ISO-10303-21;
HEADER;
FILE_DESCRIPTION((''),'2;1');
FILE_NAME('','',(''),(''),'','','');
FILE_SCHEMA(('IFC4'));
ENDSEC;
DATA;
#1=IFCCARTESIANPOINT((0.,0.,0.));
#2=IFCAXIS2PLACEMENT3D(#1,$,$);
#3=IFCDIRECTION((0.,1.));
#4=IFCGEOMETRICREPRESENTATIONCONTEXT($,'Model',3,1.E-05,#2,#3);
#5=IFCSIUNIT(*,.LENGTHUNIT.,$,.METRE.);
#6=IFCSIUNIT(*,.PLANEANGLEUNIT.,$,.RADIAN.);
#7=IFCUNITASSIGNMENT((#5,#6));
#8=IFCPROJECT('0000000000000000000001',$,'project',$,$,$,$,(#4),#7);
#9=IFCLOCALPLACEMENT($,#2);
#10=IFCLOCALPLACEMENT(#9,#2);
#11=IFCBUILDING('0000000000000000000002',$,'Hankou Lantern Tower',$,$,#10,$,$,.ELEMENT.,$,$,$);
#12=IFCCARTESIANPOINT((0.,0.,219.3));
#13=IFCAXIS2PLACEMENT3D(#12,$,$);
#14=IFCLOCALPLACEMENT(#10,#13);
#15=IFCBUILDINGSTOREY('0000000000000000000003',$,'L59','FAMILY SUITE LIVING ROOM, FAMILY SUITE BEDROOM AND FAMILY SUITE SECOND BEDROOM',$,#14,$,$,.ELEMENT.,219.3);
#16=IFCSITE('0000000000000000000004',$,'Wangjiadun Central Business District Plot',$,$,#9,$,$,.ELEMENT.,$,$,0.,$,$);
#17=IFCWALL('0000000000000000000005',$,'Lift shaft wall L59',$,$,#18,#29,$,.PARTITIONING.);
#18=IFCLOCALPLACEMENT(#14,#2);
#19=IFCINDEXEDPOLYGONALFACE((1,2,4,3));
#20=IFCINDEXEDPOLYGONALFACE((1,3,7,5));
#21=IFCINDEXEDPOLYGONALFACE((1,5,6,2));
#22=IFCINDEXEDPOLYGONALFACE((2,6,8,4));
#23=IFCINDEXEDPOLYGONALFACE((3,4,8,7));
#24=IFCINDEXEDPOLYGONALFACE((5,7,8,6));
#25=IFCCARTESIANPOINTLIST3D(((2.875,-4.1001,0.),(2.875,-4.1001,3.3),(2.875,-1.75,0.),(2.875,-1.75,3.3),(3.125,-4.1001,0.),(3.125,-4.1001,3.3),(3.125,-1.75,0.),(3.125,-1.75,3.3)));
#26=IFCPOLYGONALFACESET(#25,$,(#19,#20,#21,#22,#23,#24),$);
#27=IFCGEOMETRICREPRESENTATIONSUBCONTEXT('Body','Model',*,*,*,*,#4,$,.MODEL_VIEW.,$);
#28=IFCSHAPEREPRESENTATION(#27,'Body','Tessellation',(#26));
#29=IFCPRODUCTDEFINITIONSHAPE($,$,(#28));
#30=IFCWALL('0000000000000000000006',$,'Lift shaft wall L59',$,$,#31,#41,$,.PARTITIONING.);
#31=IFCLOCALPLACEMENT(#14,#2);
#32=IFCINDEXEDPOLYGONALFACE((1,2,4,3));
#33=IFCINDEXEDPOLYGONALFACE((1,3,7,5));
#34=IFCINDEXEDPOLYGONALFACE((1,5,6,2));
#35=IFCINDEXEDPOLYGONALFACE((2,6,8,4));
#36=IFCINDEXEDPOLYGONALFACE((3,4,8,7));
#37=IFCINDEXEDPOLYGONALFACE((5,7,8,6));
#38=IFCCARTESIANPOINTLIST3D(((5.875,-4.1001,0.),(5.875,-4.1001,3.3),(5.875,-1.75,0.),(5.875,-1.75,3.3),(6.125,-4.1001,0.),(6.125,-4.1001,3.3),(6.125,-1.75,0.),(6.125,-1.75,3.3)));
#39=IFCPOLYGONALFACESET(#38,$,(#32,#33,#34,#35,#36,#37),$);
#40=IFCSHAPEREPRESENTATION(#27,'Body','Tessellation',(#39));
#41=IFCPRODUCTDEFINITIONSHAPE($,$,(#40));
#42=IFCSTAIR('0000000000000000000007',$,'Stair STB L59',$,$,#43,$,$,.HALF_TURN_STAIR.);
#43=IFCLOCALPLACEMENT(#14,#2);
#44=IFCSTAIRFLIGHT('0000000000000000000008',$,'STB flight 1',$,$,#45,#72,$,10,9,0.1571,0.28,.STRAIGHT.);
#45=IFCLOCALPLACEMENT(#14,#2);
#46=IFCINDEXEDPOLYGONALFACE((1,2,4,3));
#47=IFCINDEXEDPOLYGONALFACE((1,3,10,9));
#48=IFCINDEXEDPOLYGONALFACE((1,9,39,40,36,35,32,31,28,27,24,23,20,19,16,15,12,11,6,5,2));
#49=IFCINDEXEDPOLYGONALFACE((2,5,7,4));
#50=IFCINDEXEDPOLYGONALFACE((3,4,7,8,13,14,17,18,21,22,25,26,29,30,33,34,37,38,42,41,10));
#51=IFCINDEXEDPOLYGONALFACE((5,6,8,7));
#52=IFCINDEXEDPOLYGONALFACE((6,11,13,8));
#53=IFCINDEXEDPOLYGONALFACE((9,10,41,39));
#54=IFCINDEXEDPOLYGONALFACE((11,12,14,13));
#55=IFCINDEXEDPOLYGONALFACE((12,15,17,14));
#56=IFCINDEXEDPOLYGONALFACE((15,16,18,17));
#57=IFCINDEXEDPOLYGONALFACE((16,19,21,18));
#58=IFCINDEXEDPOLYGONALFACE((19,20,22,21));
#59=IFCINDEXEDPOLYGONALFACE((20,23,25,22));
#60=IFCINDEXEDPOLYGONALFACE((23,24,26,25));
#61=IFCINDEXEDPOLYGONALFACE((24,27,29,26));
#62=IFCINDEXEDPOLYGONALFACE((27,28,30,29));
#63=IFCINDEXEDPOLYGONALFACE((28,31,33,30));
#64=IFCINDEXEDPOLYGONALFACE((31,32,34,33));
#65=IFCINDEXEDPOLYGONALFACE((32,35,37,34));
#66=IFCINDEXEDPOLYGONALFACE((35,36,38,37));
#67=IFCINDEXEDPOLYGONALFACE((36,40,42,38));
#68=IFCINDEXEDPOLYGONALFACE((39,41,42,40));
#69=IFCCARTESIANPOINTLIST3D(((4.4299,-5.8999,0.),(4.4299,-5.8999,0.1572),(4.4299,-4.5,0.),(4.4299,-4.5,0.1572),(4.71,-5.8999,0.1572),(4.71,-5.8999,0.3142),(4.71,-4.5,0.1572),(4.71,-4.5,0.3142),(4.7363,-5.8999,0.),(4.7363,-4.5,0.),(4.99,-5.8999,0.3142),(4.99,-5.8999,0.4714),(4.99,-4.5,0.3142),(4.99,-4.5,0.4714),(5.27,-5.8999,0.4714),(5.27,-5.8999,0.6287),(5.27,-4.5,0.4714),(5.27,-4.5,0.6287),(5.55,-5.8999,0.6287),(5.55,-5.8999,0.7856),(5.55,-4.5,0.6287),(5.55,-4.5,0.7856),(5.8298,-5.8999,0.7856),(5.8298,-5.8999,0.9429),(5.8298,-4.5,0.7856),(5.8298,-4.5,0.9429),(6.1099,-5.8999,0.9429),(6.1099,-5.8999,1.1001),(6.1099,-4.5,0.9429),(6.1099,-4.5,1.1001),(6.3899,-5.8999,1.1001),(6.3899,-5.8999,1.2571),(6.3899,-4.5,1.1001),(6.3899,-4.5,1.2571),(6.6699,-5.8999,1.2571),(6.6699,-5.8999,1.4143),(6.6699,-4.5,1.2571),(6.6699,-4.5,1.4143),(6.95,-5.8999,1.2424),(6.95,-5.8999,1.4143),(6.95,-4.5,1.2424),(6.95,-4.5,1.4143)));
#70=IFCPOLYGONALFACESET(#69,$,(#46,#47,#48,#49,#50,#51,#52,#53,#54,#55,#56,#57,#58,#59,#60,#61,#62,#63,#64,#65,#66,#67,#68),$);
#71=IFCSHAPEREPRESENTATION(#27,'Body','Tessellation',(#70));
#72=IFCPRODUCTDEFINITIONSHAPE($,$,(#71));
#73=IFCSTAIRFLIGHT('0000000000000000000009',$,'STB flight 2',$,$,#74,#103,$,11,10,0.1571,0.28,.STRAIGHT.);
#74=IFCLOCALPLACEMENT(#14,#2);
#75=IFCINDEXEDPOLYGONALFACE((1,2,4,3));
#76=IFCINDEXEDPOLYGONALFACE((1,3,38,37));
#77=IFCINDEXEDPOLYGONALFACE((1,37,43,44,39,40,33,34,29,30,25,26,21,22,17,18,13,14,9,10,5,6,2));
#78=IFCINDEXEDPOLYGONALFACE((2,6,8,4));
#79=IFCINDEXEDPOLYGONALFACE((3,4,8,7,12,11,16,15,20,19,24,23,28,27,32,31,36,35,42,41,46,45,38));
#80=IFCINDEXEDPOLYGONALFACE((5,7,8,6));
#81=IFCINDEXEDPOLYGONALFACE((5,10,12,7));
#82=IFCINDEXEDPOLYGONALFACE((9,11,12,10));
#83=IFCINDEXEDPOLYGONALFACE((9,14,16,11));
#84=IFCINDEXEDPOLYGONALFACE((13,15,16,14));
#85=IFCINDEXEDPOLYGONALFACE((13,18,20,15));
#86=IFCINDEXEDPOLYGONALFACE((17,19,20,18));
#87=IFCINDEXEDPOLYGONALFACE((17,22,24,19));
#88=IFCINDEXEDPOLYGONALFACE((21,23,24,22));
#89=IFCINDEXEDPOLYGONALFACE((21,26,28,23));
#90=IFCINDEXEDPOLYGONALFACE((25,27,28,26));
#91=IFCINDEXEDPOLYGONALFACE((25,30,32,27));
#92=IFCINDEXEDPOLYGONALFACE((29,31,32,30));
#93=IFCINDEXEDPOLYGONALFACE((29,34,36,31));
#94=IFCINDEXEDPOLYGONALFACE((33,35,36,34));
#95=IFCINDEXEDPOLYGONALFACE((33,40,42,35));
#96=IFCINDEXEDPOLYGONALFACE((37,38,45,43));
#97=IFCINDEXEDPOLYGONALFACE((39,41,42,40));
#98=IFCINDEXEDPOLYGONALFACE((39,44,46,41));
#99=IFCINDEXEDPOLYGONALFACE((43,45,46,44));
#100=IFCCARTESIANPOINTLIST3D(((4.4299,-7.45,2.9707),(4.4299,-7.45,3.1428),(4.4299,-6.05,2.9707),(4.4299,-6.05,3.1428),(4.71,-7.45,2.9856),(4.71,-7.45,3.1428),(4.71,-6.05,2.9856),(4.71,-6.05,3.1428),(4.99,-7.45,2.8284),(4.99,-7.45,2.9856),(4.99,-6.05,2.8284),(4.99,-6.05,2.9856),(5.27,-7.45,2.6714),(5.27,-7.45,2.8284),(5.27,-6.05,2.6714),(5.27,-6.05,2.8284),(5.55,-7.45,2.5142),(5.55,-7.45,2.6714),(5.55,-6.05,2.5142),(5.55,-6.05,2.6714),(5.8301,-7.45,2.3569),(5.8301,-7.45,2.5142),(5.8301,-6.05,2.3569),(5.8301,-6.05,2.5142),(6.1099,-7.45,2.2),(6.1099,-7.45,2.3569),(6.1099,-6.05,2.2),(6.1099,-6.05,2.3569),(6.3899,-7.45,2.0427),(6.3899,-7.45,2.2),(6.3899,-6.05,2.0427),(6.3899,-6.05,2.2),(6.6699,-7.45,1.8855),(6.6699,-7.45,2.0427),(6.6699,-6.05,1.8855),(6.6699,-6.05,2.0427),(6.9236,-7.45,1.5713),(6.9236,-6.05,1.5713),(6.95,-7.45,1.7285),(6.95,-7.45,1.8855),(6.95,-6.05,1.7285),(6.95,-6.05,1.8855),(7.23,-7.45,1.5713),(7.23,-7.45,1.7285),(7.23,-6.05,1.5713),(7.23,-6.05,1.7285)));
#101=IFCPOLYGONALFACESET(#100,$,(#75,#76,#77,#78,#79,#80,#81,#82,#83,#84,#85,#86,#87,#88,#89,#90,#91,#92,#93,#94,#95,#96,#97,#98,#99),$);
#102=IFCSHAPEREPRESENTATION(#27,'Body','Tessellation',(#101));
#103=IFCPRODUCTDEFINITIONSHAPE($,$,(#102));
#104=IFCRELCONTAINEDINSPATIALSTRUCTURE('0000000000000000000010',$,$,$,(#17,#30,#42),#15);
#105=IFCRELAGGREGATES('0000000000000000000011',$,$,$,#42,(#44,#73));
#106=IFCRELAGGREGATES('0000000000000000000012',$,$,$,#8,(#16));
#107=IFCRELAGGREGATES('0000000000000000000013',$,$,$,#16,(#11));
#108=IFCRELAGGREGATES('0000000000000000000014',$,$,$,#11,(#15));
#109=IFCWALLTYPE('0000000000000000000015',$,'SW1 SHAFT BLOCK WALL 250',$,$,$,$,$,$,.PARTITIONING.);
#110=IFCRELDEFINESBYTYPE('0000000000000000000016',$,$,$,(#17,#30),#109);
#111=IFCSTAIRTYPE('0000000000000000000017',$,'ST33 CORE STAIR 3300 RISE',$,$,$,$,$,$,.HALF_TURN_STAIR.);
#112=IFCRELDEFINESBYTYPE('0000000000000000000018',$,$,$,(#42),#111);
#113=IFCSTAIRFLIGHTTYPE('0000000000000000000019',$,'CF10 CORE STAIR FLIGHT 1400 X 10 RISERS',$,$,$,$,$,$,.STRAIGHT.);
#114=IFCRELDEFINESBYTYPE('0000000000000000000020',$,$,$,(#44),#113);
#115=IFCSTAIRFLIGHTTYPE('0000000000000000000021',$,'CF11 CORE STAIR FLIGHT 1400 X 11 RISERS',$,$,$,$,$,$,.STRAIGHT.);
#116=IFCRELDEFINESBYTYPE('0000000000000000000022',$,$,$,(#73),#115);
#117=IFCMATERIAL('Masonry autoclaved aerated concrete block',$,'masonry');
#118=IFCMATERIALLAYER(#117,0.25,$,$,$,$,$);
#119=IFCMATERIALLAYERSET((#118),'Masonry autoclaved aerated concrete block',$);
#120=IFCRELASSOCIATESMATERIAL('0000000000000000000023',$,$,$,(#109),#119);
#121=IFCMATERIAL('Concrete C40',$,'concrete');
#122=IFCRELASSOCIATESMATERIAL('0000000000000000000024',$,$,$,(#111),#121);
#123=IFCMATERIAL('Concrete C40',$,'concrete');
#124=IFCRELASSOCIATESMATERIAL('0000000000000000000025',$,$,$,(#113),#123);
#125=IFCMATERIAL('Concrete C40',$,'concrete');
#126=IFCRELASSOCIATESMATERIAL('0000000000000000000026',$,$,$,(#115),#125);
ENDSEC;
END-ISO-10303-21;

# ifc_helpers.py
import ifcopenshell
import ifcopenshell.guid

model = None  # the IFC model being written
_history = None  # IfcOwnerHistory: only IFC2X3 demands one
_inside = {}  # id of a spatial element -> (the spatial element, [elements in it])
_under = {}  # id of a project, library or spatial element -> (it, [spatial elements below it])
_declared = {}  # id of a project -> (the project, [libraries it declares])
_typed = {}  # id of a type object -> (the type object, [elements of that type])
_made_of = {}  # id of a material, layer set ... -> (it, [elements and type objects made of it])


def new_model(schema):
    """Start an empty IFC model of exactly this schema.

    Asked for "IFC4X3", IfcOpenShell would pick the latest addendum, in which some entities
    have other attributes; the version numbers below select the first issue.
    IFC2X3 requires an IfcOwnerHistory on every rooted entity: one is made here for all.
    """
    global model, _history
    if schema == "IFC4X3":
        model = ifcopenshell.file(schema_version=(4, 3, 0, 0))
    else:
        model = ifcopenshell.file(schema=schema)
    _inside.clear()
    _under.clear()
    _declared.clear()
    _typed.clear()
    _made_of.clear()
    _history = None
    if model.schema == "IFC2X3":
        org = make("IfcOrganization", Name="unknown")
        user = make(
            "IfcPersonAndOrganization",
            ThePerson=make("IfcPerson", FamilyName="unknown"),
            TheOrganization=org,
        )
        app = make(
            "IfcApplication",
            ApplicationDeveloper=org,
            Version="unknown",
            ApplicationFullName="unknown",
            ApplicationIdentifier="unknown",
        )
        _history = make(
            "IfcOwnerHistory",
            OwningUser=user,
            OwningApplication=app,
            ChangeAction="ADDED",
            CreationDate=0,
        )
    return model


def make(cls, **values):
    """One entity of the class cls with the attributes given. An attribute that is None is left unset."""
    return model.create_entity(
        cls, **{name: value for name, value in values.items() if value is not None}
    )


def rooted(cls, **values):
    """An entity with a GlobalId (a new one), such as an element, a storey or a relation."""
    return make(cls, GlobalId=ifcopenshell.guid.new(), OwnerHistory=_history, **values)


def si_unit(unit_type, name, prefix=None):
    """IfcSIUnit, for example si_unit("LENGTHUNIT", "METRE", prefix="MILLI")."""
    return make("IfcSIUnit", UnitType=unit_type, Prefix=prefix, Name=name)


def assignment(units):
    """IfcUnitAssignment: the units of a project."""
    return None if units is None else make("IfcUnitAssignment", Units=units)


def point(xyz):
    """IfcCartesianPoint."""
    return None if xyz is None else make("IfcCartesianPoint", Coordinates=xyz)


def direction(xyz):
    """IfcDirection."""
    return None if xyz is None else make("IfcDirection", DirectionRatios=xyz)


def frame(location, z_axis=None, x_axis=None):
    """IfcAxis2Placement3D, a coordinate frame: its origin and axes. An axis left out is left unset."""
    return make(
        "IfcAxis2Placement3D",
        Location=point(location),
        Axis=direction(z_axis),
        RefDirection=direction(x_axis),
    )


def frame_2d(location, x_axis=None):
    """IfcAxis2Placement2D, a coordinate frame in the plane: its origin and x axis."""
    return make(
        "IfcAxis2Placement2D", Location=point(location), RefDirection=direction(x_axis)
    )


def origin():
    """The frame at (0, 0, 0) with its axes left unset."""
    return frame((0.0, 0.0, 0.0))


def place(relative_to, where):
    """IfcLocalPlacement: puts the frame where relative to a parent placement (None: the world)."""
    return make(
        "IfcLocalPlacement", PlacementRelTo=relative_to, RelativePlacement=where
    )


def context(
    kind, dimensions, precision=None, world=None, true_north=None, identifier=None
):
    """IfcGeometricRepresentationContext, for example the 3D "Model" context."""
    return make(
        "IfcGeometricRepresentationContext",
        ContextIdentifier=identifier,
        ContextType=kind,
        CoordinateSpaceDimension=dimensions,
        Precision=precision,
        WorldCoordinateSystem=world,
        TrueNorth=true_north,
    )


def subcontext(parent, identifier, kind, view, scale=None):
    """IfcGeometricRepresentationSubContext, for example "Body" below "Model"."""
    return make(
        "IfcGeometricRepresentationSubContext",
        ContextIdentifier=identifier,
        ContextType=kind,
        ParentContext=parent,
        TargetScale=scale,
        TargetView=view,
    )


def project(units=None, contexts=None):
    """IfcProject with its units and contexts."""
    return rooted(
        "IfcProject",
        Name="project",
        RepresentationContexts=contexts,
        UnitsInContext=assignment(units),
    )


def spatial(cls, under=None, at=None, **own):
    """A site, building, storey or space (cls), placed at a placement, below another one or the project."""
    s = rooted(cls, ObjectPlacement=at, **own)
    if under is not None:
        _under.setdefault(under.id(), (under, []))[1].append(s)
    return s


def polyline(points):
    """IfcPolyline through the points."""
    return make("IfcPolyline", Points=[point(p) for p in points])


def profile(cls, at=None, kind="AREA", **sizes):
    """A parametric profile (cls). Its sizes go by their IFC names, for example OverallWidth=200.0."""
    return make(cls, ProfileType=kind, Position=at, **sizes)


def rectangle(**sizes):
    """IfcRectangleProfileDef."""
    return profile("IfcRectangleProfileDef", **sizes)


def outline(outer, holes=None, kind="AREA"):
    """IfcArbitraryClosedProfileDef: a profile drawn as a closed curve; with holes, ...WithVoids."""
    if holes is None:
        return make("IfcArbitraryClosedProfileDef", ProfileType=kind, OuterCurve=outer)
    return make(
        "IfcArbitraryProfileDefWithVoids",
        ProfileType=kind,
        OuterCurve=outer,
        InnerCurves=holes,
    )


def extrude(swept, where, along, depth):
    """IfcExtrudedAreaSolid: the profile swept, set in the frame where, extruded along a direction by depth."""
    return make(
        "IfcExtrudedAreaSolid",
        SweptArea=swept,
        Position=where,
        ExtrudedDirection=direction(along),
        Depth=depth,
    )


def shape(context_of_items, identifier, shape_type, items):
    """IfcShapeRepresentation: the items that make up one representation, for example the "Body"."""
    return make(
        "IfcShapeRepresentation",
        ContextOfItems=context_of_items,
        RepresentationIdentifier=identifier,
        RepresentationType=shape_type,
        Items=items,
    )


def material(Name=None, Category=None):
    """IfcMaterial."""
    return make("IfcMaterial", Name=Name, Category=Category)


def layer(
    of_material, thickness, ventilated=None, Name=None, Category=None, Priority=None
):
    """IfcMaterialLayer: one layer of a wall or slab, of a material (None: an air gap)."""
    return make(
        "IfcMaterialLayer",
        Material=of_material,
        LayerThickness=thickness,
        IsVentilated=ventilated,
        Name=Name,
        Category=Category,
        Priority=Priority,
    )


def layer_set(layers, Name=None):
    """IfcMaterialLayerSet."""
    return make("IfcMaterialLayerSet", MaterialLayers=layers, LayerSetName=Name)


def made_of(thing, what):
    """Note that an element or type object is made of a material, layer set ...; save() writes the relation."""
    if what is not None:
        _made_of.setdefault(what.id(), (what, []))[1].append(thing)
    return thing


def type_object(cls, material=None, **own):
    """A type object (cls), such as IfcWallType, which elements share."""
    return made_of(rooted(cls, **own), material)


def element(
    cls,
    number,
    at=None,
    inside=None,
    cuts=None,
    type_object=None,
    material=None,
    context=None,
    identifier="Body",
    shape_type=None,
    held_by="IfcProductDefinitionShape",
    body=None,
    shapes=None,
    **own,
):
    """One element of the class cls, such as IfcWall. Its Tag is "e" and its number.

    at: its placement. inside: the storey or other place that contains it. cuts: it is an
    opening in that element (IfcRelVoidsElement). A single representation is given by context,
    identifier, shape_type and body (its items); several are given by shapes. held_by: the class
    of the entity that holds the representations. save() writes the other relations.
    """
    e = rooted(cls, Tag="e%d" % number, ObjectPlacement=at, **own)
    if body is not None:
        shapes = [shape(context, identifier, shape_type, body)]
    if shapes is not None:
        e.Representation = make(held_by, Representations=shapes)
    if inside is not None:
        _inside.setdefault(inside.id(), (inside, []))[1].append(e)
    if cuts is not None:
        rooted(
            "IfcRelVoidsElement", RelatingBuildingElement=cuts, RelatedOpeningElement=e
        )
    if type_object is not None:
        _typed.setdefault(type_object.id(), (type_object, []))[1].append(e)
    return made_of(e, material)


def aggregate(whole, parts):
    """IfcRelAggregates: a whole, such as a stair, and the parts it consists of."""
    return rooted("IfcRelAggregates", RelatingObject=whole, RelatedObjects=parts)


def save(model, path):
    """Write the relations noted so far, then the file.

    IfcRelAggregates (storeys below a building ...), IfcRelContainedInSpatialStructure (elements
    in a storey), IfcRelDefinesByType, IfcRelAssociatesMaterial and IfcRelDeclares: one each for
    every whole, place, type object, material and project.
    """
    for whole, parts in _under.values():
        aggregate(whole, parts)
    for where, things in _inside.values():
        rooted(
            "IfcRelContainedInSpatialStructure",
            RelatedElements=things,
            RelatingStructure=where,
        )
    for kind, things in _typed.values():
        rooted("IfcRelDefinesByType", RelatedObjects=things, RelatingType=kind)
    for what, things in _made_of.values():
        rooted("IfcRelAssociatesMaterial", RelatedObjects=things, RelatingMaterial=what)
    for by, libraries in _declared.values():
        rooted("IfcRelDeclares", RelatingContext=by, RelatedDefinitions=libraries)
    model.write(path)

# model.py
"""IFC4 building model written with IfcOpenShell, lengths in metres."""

from ifc_helpers import new_model, si_unit, direction, frame, frame_2d, origin, place, context, subcontext, project, spatial, polyline, rectangle, outline, extrude, material, layer, layer_set, type_object, element, aggregate, save


model = new_model("IFC4")

# Units and contexts
model_context = context("Model", 3, precision=1e-05, world=origin(), true_north=direction((0.0, 1.0)))
body_context = subcontext(model_context, "Body", "Model", "MODEL_VIEW")
ifc_project = project(units=[si_unit("LENGTHUNIT", "METRE"), si_unit("PLANEANGLEUNIT", "RADIAN")], contexts=[model_context])

# Site, building, storey
site_placement = place(None, origin())
site = spatial("IfcSite", under=ifc_project, at=site_placement, Name="Wangjiadun Central Business District Plot", CompositionType="ELEMENT", RefElevation=0.0)
building_placement = place(site_placement, origin())
building = spatial("IfcBuilding", under=site, at=building_placement, Name="Hankou Lantern Tower", CompositionType="ELEMENT")
storey_placement = place(building_placement, frame((0.0, 0.0, 219.3)))
storey = spatial("IfcBuildingStorey", under=building, at=storey_placement, Name="L59", Description="FAMILY SUITE LIVING ROOM, FAMILY SUITE BEDROOM AND FAMILY SUITE SECOND BEDROOM", CompositionType="ELEMENT", Elevation=219.3)

# Walls
ifc_material_1 = material(Name="Masonry autoclaved aerated concrete block", Category="masonry")
ifc_layer_1 = layer(ifc_material_1, 0.25)
ifc_layer_set_1 = layer_set([ifc_layer_1], Name="Masonry autoclaved aerated concrete block")
wall_type_1 = type_object("IfcWallType", Name="SW1 SHAFT BLOCK WALL 250", PredefinedType="PARTITIONING", material=ifc_layer_set_1)
for number, where, z_axis, x_axis, name in (
    (1, (3.0, -4.1001, 0.0), (0.0, 0.0, 1.0), (0.0, 1.0, 0.0), "Lift shaft wall L59"),
    (2, (6.0, -4.1001, 0.0), (0.0, 0.0, 1.0), (0.0, 1.0, 0.0), "Lift shaft wall L59"),
):
    element("IfcWall", number, at=place(storey_placement, frame(where, z_axis=z_axis, x_axis=x_axis)), inside=storey, type_object=wall_type_1, Name=name, PredefinedType="PARTITIONING", context=body_context, shape_type="SweptSolid", body=[
        extrude(rectangle(XDim=2.3501, YDim=0.25, at=frame_2d((1.175, 0.0))), origin(), (0.0, 0.0, 1.0), 3.3),
    ])

# Stair, stair flights
ifc_material_2 = material(Name="Concrete C40", Category="concrete")
stair_type = type_object("IfcStairType", Name="ST33 CORE STAIR 3300 RISE", PredefinedType="HALF_TURN_STAIR", material=ifc_material_2)
stair_placement = place(storey_placement, origin())
stair = element("IfcStair", 3, at=stair_placement, inside=storey, type_object=stair_type, Name="Stair STB L59", PredefinedType="HALF_TURN_STAIR")
ifc_material_3 = material(Name="Concrete C40", Category="concrete")
stair_flight_type_1 = type_object("IfcStairFlightType", Name="CF10 CORE STAIR FLIGHT 1400 X 10 RISERS", PredefinedType="STRAIGHT", material=ifc_material_3)
stair_flight_1_placement = place(storey_placement, frame((4.4299, -5.2, 0.0), z_axis=(0.0, 0.0, 1.0), x_axis=(1.0, 0.0, 0.0)))
stair_flight_1 = element("IfcStairFlight", 4, at=stair_flight_1_placement, type_object=stair_flight_type_1, Name="STB flight 1", NumberOfRisers=10, NumberOfTreads=9, PredefinedType="STRAIGHT", RiserHeight=0.1571, TreadLength=0.28, context=body_context, shape_type="SweptSolid", body=[
    extrude(outline(polyline([(0.0, 0.0), (0.0, 0.1572), (0.28, 0.1572), (0.28, 0.3142), (0.5601, 0.3142), (0.5601, 0.4714), (0.8401, 0.4714), (0.8401, 0.6287), (1.1201, 0.6287), (1.1201, 0.7856), (1.3999, 0.7856), (1.3999, 0.9429), (1.6799, 0.9429), (1.6799, 1.1001), (1.96, 1.1001), (1.96, 1.2571), (2.24, 1.2571), (2.24, 1.4143), (2.52, 1.4143), (2.52, 1.5715), (2.52, 1.2424), (0.3064, 0.0), (0.0, 0.0)])), frame((0.0, 0.7, 0.0), z_axis=(0.0, -1.0, 0.0), x_axis=(1.0, 0.0, 0.0)), (0.0, 0.0, 1.0), 1.3999),
])
ifc_material_4 = material(Name="Concrete C40", Category="concrete")
stair_flight_type_2 = type_object("IfcStairFlightType", Name="CF11 CORE STAIR FLIGHT 1400 X 11 RISERS", PredefinedType="STRAIGHT", material=ifc_material_4)
stair_flight_2_placement = place(storey_placement, frame((7.23, -6.75, 1.5713), z_axis=(0.0, 0.0, 1.0), x_axis=(-1.0, 0.0, 0.0)))
stair_flight_2 = element("IfcStairFlight", 5, at=stair_flight_2_placement, type_object=stair_flight_type_2, Name="STB flight 2", NumberOfRisers=11, NumberOfTreads=10, PredefinedType="STRAIGHT", RiserHeight=0.1571, TreadLength=0.28, context=body_context, shape_type="SweptSolid", body=[
    extrude(outline(polyline([(0.0, 0.0), (0.0, 0.1572), (0.28, 0.1572), (0.28, 0.3142), (0.5601, 0.3142), (0.5601, 0.4714), (0.8401, 0.4714), (0.8401, 0.6287), (1.1201, 0.6287), (1.1201, 0.7856), (1.3999, 0.7856), (1.3999, 0.9429), (1.6799, 0.9429), (1.6799, 1.1001), (1.96, 1.1001), (1.96, 1.2571), (2.24, 1.2571), (2.24, 1.4143), (2.52, 1.4143), (2.52, 1.5715), (2.8, 1.5715), (2.8, 1.7285), (2.8, 1.3994), (0.3064, 0.0), (0.0, 0.0)])), frame((0.0, 0.7, 0.0), z_axis=(0.0, -1.0, 0.0), x_axis=(1.0, 0.0, 0.0)), (0.0, 0.0, 1.0), 1.3999),
])
aggregate(stair, [stair_flight_1, stair_flight_2])

save(model, "model.ifc")
